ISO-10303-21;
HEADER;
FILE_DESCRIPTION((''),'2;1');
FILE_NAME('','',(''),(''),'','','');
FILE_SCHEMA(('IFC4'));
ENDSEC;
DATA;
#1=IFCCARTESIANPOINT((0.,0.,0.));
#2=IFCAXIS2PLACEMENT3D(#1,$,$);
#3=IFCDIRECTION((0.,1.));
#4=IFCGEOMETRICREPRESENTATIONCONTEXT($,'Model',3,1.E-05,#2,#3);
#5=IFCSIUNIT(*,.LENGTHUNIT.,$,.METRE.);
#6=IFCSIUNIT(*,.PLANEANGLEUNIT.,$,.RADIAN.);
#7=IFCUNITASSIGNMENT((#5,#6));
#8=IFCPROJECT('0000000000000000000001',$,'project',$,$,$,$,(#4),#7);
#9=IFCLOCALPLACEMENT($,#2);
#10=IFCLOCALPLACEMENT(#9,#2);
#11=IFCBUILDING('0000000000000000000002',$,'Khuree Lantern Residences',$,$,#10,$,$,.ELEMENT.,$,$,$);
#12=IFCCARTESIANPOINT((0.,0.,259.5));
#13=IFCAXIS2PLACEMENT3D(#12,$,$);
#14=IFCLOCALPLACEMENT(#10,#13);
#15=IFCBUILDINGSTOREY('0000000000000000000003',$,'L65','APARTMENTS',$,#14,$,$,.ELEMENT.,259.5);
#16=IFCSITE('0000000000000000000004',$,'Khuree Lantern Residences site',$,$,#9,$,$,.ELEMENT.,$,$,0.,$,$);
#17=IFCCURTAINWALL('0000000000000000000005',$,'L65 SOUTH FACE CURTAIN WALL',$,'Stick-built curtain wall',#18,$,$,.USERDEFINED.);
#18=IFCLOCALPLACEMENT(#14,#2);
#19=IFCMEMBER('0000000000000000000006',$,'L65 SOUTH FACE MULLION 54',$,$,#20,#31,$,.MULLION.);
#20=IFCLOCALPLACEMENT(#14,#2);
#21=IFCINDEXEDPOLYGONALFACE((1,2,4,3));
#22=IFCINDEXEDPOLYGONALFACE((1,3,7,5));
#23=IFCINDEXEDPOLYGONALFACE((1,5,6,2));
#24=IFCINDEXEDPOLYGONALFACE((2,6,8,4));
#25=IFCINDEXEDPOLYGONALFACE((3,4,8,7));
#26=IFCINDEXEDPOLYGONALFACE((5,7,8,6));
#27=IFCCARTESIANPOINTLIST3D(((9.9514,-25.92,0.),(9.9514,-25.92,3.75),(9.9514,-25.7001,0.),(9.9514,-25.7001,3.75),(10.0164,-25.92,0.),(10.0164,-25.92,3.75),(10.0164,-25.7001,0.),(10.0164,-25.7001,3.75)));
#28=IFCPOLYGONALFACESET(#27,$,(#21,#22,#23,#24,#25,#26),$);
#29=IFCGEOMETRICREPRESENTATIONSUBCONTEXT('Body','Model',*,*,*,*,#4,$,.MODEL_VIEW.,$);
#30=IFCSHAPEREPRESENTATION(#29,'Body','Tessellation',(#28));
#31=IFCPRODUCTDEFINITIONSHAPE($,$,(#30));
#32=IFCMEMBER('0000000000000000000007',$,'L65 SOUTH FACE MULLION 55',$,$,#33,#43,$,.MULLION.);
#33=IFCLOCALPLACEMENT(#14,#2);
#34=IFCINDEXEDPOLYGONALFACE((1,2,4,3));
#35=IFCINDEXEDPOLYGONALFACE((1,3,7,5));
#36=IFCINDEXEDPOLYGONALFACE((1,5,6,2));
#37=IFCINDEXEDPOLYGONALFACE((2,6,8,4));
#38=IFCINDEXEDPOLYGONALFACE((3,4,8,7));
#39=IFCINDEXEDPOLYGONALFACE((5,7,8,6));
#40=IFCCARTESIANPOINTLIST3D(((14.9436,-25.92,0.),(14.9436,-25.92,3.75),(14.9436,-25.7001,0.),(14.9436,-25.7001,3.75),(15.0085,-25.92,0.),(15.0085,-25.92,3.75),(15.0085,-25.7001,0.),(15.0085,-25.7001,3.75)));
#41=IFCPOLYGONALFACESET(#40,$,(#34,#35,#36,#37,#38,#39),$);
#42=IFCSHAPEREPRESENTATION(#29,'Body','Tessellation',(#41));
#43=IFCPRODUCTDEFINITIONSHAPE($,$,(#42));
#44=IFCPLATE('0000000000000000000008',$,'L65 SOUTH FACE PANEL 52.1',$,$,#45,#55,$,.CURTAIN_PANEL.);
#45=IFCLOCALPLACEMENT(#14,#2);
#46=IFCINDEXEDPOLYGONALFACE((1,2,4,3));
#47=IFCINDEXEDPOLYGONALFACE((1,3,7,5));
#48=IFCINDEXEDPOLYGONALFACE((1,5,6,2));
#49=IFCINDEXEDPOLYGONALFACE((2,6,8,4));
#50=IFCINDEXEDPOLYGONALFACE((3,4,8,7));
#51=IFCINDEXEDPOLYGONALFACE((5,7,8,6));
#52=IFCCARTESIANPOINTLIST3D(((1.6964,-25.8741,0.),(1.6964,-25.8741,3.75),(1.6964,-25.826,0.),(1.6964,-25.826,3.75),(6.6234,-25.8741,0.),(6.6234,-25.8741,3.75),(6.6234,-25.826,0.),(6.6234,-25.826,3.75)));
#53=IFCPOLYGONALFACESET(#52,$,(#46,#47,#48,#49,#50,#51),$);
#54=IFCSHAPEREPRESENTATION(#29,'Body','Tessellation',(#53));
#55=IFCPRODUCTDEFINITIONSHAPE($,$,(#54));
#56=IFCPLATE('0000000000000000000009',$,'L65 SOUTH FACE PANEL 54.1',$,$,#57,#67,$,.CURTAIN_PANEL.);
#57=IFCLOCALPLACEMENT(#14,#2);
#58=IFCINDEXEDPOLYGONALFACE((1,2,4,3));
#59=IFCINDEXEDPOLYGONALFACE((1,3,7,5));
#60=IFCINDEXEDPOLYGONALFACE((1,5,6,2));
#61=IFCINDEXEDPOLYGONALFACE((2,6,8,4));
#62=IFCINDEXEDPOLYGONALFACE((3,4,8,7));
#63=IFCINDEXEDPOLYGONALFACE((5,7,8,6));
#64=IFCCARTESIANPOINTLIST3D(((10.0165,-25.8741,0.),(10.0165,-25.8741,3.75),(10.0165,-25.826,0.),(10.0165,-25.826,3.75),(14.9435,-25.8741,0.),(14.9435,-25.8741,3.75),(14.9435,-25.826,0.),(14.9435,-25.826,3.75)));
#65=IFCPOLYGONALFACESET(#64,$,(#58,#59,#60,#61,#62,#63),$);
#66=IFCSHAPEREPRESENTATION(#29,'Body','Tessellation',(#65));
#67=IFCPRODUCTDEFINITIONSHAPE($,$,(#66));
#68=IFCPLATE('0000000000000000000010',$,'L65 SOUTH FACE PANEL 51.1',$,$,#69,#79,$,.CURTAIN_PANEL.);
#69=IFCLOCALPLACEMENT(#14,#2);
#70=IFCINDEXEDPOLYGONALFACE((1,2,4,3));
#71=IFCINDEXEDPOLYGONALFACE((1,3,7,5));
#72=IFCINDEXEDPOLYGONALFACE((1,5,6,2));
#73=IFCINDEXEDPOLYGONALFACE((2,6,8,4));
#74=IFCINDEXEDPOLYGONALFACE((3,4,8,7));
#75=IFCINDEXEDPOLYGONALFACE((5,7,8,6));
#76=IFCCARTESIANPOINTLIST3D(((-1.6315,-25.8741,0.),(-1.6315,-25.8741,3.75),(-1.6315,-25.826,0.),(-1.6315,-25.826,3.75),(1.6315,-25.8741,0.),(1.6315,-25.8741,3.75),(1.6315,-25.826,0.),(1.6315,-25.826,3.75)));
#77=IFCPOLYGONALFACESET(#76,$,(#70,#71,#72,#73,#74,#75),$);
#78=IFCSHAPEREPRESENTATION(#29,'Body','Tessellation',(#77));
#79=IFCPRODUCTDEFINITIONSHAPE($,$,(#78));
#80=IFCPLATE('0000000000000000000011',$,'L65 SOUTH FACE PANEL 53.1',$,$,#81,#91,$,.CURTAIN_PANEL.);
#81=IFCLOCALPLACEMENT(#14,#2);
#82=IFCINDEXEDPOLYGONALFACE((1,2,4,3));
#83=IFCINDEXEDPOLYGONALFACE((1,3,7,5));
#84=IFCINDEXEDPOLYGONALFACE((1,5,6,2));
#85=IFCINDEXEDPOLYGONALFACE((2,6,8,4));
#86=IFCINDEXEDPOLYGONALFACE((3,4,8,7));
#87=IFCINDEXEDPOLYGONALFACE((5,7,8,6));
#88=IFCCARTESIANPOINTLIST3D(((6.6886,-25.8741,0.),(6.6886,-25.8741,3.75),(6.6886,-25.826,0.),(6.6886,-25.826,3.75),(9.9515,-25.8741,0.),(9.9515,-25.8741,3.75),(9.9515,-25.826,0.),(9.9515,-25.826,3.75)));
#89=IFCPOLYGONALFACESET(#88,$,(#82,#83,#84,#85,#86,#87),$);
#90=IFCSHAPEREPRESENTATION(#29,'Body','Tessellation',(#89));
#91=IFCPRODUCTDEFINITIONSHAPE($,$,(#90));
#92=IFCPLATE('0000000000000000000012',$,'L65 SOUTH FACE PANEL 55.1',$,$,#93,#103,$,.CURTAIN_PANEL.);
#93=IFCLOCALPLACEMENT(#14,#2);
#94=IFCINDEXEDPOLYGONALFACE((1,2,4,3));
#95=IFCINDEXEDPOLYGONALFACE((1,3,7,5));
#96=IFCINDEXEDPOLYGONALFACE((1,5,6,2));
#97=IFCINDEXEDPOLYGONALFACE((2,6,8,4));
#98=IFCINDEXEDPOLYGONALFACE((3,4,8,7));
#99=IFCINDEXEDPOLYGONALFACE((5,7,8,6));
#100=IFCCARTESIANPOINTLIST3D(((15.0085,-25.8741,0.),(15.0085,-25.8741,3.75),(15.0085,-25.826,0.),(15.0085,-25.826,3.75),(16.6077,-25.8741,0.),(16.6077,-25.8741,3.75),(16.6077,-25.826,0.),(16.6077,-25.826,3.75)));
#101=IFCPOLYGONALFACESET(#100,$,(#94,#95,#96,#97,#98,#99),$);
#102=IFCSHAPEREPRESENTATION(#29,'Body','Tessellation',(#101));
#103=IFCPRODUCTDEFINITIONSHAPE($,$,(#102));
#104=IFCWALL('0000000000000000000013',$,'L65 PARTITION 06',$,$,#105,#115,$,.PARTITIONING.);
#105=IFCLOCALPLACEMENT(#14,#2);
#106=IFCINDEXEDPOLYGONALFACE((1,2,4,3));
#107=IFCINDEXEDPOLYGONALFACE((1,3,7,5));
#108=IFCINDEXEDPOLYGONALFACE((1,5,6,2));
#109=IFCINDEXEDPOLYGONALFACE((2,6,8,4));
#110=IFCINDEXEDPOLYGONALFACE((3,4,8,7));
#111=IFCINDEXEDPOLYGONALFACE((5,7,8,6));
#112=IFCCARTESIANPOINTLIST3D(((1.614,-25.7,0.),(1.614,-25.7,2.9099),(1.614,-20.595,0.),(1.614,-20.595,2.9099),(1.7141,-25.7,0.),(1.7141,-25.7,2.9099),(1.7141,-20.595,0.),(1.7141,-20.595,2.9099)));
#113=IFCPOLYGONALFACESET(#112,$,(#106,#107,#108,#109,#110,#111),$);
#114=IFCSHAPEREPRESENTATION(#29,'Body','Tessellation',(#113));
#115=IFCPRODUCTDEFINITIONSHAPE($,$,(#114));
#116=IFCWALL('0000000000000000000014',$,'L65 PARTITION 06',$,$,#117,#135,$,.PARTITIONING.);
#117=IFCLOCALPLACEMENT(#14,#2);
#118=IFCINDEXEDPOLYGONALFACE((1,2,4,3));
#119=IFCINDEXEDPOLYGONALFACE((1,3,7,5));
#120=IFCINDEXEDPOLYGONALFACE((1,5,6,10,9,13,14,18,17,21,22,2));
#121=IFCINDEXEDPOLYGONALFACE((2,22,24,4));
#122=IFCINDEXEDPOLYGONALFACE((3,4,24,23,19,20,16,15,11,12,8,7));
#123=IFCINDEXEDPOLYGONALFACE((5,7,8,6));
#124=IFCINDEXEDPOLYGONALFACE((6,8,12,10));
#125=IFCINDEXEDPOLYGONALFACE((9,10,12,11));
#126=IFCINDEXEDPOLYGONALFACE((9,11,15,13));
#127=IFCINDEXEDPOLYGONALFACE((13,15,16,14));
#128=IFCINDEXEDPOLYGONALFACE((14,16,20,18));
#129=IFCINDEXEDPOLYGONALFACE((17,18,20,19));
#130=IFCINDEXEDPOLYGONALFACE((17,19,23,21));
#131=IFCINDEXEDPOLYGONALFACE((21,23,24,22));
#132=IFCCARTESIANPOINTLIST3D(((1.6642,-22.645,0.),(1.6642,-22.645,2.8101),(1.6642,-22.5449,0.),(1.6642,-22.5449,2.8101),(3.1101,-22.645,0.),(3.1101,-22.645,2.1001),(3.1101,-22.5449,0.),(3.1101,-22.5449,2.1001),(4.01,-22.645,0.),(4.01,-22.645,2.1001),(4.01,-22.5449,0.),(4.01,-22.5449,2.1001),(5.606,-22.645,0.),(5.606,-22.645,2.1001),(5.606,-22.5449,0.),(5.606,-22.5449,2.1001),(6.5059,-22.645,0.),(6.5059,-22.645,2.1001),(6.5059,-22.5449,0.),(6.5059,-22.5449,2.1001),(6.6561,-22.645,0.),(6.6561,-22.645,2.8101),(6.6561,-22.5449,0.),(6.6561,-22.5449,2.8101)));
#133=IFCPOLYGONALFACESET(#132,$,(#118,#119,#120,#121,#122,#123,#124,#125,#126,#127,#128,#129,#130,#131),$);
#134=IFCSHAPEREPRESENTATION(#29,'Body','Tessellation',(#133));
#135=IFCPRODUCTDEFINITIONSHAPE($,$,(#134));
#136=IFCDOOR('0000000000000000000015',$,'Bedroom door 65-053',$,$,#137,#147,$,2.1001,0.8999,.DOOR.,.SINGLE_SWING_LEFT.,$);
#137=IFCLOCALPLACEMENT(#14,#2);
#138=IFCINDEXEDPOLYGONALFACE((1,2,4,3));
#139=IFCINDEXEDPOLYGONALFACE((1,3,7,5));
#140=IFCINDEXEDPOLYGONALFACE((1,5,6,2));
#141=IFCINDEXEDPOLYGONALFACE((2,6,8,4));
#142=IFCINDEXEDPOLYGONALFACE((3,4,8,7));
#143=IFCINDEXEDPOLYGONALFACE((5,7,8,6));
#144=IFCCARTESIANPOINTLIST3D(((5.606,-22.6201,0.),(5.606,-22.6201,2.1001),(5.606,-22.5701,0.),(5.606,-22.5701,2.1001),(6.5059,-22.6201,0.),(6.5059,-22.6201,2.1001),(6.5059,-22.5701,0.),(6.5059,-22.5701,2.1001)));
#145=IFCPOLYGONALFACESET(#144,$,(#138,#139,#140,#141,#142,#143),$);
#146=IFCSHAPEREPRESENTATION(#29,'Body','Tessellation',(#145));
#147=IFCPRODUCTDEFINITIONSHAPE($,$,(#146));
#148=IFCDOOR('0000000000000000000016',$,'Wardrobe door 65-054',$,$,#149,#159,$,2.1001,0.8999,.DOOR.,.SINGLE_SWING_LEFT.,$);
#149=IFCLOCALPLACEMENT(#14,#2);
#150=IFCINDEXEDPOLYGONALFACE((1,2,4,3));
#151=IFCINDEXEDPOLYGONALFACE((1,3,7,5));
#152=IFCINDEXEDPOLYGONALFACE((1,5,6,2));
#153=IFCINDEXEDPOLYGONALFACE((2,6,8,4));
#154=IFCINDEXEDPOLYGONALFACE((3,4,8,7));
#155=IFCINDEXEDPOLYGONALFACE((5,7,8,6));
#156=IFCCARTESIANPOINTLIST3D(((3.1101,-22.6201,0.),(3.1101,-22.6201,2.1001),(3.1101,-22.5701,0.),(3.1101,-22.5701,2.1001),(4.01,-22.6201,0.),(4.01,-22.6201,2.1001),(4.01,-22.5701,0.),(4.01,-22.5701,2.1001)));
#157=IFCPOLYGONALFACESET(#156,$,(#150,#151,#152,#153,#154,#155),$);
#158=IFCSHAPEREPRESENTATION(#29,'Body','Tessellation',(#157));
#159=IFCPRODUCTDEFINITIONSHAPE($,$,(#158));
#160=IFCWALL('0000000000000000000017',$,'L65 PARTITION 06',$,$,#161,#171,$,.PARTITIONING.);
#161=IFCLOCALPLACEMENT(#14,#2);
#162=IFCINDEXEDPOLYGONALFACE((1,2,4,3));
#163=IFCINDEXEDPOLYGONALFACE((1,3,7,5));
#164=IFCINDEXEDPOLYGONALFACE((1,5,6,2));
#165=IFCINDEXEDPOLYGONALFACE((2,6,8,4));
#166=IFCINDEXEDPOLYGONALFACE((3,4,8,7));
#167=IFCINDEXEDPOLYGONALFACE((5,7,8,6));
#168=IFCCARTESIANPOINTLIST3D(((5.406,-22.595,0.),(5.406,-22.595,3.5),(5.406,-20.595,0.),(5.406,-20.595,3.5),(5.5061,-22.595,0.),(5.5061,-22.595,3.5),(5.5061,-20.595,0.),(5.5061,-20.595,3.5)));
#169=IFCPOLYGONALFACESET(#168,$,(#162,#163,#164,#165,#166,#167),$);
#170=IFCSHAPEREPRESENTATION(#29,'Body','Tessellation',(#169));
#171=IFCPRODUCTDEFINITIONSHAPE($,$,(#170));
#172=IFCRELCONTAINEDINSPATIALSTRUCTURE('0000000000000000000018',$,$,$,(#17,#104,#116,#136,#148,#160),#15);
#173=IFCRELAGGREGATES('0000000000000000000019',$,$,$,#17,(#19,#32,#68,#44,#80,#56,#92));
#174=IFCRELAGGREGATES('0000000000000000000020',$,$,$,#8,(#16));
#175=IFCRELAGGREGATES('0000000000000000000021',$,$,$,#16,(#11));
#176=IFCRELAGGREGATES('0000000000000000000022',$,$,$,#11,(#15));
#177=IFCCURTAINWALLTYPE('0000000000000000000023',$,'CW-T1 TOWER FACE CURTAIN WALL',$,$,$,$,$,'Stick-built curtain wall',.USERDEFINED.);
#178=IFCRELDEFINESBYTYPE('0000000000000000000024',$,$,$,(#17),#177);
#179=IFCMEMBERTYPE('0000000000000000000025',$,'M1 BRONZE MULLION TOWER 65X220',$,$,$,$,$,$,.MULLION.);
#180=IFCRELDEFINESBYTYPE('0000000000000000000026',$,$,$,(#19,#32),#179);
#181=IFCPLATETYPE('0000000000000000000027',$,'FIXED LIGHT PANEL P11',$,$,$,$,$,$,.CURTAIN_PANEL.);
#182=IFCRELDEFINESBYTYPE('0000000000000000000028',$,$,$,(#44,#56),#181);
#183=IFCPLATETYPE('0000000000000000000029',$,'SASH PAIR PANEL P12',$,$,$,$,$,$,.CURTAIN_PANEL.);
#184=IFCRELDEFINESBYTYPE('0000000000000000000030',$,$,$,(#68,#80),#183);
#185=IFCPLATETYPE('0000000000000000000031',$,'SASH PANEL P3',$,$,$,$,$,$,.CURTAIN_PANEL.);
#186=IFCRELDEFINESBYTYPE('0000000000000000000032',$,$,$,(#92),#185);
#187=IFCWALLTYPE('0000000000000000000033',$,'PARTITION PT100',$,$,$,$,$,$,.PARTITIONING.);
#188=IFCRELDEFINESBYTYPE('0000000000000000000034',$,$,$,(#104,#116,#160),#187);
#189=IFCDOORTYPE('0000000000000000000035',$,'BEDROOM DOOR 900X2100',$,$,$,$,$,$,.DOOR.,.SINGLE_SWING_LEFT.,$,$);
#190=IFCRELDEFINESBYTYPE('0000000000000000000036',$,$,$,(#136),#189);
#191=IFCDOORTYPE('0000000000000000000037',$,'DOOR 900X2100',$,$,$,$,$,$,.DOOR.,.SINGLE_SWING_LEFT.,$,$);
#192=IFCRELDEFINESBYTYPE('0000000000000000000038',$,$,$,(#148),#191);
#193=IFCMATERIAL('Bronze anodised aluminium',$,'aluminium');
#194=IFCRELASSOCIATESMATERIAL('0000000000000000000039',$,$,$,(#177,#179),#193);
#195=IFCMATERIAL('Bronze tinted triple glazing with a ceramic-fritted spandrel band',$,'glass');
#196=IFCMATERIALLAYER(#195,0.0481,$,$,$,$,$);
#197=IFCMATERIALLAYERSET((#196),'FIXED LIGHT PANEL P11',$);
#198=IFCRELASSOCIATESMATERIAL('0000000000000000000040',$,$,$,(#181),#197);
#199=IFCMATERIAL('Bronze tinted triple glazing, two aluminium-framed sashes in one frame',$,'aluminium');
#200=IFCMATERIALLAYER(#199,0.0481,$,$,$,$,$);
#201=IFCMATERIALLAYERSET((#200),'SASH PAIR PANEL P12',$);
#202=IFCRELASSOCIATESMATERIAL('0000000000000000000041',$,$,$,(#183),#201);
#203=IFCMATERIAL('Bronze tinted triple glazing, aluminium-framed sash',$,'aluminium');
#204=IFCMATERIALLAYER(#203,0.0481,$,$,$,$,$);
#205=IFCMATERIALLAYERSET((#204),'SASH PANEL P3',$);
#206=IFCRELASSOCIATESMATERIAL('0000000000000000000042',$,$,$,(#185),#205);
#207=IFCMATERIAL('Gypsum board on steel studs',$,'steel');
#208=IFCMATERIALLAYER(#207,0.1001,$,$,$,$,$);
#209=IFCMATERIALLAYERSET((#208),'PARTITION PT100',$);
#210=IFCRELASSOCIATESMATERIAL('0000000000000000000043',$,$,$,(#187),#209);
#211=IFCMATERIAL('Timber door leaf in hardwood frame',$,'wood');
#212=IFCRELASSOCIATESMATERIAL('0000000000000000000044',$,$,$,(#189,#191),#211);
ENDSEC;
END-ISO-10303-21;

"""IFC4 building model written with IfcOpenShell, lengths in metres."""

from ifc_helpers import new_model, si_unit, direction, frame, frame_2d, origin, origin_2d, place, context, subcontext, project, spatial, rectangle, extrude, material, layer, layer_set, material_profile, profile_set, type_object, element, fill, aggregate, save


model = new_model("IFC4")

# Units and contexts
model_context = context("Model", 3, precision=1e-05, world=origin(), true_north=direction((0.0, 1.0)))
body_context = subcontext(model_context, "Body", "Model", "MODEL_VIEW")
ifc_project = project(units=[si_unit("LENGTHUNIT", "METRE"), si_unit("PLANEANGLEUNIT", "RADIAN")], contexts=[model_context])

# Site, building, storey
site_placement = place(None, origin())
site = spatial("IfcSite", under=ifc_project, at=site_placement, Name="Khuree Lantern Residences site", CompositionType="ELEMENT", RefElevation=0.0)
building_placement = place(site_placement, origin())
building = spatial("IfcBuilding", under=site, at=building_placement, Name="Khuree Lantern Residences", CompositionType="ELEMENT")
storey_placement = place(building_placement, frame((0.0, 0.0, 259.5)))
storey = spatial("IfcBuildingStorey", under=building, at=storey_placement, Name="L65", Description="APARTMENTS", CompositionType="ELEMENT", Elevation=259.5)

# Curtain wall
ifc_material_1 = material(Name="Bronze anodised aluminium", Category="aluminium")
curtain_wall_type = type_object("IfcCurtainWallType", Name="CW-T1 TOWER FACE CURTAIN WALL", ElementType="Stick-built curtain wall", PredefinedType="USERDEFINED", material=ifc_material_1)
curtain_wall_placement = place(storey_placement, origin())
curtain_wall = element("IfcCurtainWall", 1, at=curtain_wall_placement, inside=storey, type_object=curtain_wall_type, Name="L65 SOUTH FACE CURTAIN WALL", ObjectType="Stick-built curtain wall", PredefinedType="USERDEFINED")

# Members
ifc_material_profile_1 = material_profile(ifc_material_1, rectangle(XDim=0.0649, YDim=0.22, at=origin_2d()), Name="M1 65X220")
ifc_profile_set_1 = profile_set([ifc_material_profile_1], Name="Bronze anodised aluminium")
member_type_1 = type_object("IfcMemberType", Name="M1 BRONZE MULLION TOWER 65X220", PredefinedType="MULLION", material=ifc_profile_set_1)
member_1_placement = place(storey_placement, frame((9.9839, -25.8101, 0.0), z_axis=(0.0, 0.0, 1.0), x_axis=(1.0, 0.0, 0.0)))
member_1 = element("IfcMember", 2, at=member_1_placement, type_object=member_type_1, Name="L65 SOUTH FACE MULLION 54", PredefinedType="MULLION", context=body_context, shape_type="SweptSolid", body=[
    extrude(rectangle(XDim=0.0649, YDim=0.22, at=origin_2d()), origin(), (0.0, 0.0, 1.0), 3.75),
])
member_2_placement = place(storey_placement, frame((14.9761, -25.8101, 0.0), z_axis=(0.0, 0.0, 1.0), x_axis=(1.0, 0.0, 0.0)))
member_2 = element("IfcMember", 3, at=member_2_placement, type_object=member_type_1, Name="L65 SOUTH FACE MULLION 55", PredefinedType="MULLION", context=body_context, shape_type="SweptSolid", body=[
    extrude(rectangle(XDim=0.0649, YDim=0.22, at=origin_2d()), origin(), (0.0, 0.0, 1.0), 3.75),
])

# Plates
ifc_material_2 = material(Name="Bronze tinted triple glazing with a ceramic-fritted spandrel band", Category="glass")
ifc_layer_1 = layer(ifc_material_2, 0.0481)
ifc_layer_set_1 = layer_set([ifc_layer_1], Name="FIXED LIGHT PANEL P11")
plate_type_1 = type_object("IfcPlateType", Name="FIXED LIGHT PANEL P11", PredefinedType="CURTAIN_PANEL", material=ifc_layer_set_1)
plate_1_placement = place(storey_placement, frame((4.1599, -25.8501, 0.0), z_axis=(0.0, 0.0, 1.0), x_axis=(1.0, 0.0, 0.0)))
plate_1 = element("IfcPlate", 4, at=plate_1_placement, type_object=plate_type_1, Name="L65 SOUTH FACE PANEL 52.1", PredefinedType="CURTAIN_PANEL", context=body_context, shape_type="SweptSolid", body=[
    extrude(rectangle(XDim=4.927, YDim=0.0481, at=origin_2d()), origin(), (0.0, 0.0, 1.0), 3.75),
])
plate_2_placement = place(storey_placement, frame((12.48, -25.8501, 0.0), z_axis=(0.0, 0.0, 1.0), x_axis=(1.0, 0.0, 0.0)))
plate_2 = element("IfcPlate", 5, at=plate_2_placement, type_object=plate_type_1, Name="L65 SOUTH FACE PANEL 54.1", PredefinedType="CURTAIN_PANEL", context=body_context, shape_type="SweptSolid", body=[
    extrude(rectangle(XDim=4.927, YDim=0.0481, at=origin_2d()), origin(), (0.0, 0.0, 1.0), 3.75),
])
ifc_material_3 = material(Name="Bronze tinted triple glazing, two aluminium-framed sashes in one frame", Category="aluminium")
ifc_layer_2 = layer(ifc_material_3, 0.0481)
ifc_layer_set_2 = layer_set([ifc_layer_2], Name="SASH PAIR PANEL P12")
plate_type_2 = type_object("IfcPlateType", Name="SASH PAIR PANEL P12", PredefinedType="CURTAIN_PANEL", material=ifc_layer_set_2)
plate_3_placement = place(storey_placement, frame((0.0, -25.8501, 0.0), z_axis=(0.0, 0.0, 1.0), x_axis=(1.0, 0.0, 0.0)))
plate_3 = element("IfcPlate", 6, at=plate_3_placement, type_object=plate_type_2, Name="L65 SOUTH FACE PANEL 51.1", PredefinedType="CURTAIN_PANEL", context=body_context, shape_type="SweptSolid", body=[
    extrude(rectangle(XDim=3.2629, YDim=0.0481, at=origin_2d()), origin(), (0.0, 0.0, 1.0), 3.75),
])
plate_4_placement = place(storey_placement, frame((8.3201, -25.8501, 0.0), z_axis=(0.0, 0.0, 1.0), x_axis=(1.0, 0.0, 0.0)))
plate_4 = element("IfcPlate", 7, at=plate_4_placement, type_object=plate_type_2, Name="L65 SOUTH FACE PANEL 53.1", PredefinedType="CURTAIN_PANEL", context=body_context, shape_type="SweptSolid", body=[
    extrude(rectangle(XDim=3.2629, YDim=0.0481, at=origin_2d()), origin(), (0.0, 0.0, 1.0), 3.75),
])
ifc_material_4 = material(Name="Bronze tinted triple glazing, aluminium-framed sash", Category="aluminium")
ifc_layer_3 = layer(ifc_material_4, 0.0481)
ifc_layer_set_3 = layer_set([ifc_layer_3], Name="SASH PANEL P3")
plate_type_3 = type_object("IfcPlateType", Name="SASH PANEL P3", PredefinedType="CURTAIN_PANEL", material=ifc_layer_set_3)
plate_5_placement = place(storey_placement, frame((15.8081, -25.8501, 0.0), z_axis=(0.0, 0.0, 1.0), x_axis=(1.0, 0.0, 0.0)))
plate_5 = element("IfcPlate", 8, at=plate_5_placement, type_object=plate_type_3, Name="L65 SOUTH FACE PANEL 55.1", PredefinedType="CURTAIN_PANEL", context=body_context, shape_type="SweptSolid", body=[
    extrude(rectangle(XDim=1.5991, YDim=0.0481, at=origin_2d()), origin(), (0.0, 0.0, 1.0), 3.75),
])
aggregate(curtain_wall, [member_1, member_2, plate_3, plate_1, plate_4, plate_2, plate_5])

# Wall
ifc_material_5 = material(Name="Gypsum board on steel studs", Category="steel")
ifc_layer_4 = layer(ifc_material_5, 0.1001)
ifc_layer_set_4 = layer_set([ifc_layer_4], Name="PARTITION PT100")
wall_type = type_object("IfcWallType", Name="PARTITION PT100", PredefinedType="PARTITIONING", material=ifc_layer_set_4)
wall_1_placement = place(storey_placement, frame((1.6641, -20.595, 0.0), z_axis=(0.0, 0.0, 1.0), x_axis=(0.0, -1.0, 0.0)))
element("IfcWall", 9, at=wall_1_placement, inside=storey, type_object=wall_type, Name="L65 PARTITION 06", PredefinedType="PARTITIONING", context=body_context, shape_type="SweptSolid", body=[
    extrude(rectangle(XDim=5.105, YDim=0.1001, at=frame_2d((2.5525, 0.0))), origin(), (0.0, 0.0, 1.0), 2.9099),
])

# Wall, openings, doors
wall_2_placement = place(storey_placement, frame((1.6641, -22.595, 0.0), z_axis=(0.0, 0.0, 1.0), x_axis=(1.0, 0.0, 0.0)))
wall_2 = element("IfcWall", 10, at=wall_2_placement, inside=storey, type_object=wall_type, Name="L65 PARTITION 06", PredefinedType="PARTITIONING", context=body_context, shape_type="SweptSolid", body=[
    extrude(rectangle(XDim=4.9919, YDim=0.1001, at=frame_2d((2.4961, 0.0))), origin(), (0.0, 0.0, 1.0), 2.8101),
])
opening_1_placement = place(wall_2_placement, frame((3.9419, 0.0, 0.0)))
opening_1 = element("IfcOpeningElement", 11, at=opening_1_placement, cuts=wall_2, PredefinedType="OPENING", context=body_context, shape_type="SweptSolid", body=[
    extrude(rectangle(XDim=0.8999, YDim=2.1001, at=frame_2d((0.45, 1.05))), frame((0.0, 0.0601, 0.0), z_axis=(0.0, -1.0, 0.0), x_axis=(1.0, 0.0, 0.0)), (0.0, 0.0, 1.0), 0.1201),
])
opening_2_placement = place(wall_2_placement, frame((1.446, 0.0, 0.0)))
opening_2 = element("IfcOpeningElement", 12, at=opening_2_placement, cuts=wall_2, PredefinedType="OPENING", context=body_context, shape_type="SweptSolid", body=[
    extrude(rectangle(XDim=0.8999, YDim=2.1001, at=frame_2d((0.45, 1.05))), frame((0.0, 0.0601, 0.0), z_axis=(0.0, -1.0, 0.0), x_axis=(1.0, 0.0, 0.0)), (0.0, 0.0, 1.0), 0.1201),
])
ifc_material_6 = material(Name="Timber door leaf in hardwood frame", Category="wood")
door_type_1 = type_object("IfcDoorType", Name="BEDROOM DOOR 900X2100", OperationType="SINGLE_SWING_LEFT", PredefinedType="DOOR", material=ifc_material_6)
door_1_placement = place(opening_1_placement, origin())
door_1 = element("IfcDoor", 13, at=door_1_placement, inside=storey, type_object=door_type_1, Name="Bedroom door 65-053", OperationType="SINGLE_SWING_LEFT", OverallHeight=2.1001, OverallWidth=0.8999, PredefinedType="DOOR", context=body_context, shape_type="SweptSolid", body=[
    extrude(rectangle(XDim=0.8999, YDim=2.1001, at=frame_2d((0.45, 1.05))), frame((0.0, 0.0249, 0.0), z_axis=(0.0, -1.0, 0.0), x_axis=(1.0, 0.0, 0.0)), (0.0, 0.0, 1.0), 0.05),
])
fill(opening_1, door_1)
door_type_2 = type_object("IfcDoorType", Name="DOOR 900X2100", OperationType="SINGLE_SWING_LEFT", PredefinedType="DOOR", material=ifc_material_6)
door_2_placement = place(opening_2_placement, origin())
door_2 = element("IfcDoor", 14, at=door_2_placement, inside=storey, type_object=door_type_2, Name="Wardrobe door 65-054", OperationType="SINGLE_SWING_LEFT", OverallHeight=2.1001, OverallWidth=0.8999, PredefinedType="DOOR", context=body_context, shape_type="SweptSolid", body=[
    extrude(rectangle(XDim=0.8999, YDim=2.1001, at=frame_2d((0.45, 1.05))), frame((0.0, 0.0249, 0.0), z_axis=(0.0, -1.0, 0.0), x_axis=(1.0, 0.0, 0.0)), (0.0, 0.0, 1.0), 0.05),
])
fill(opening_2, door_2)

# Wall
wall_3_placement = place(storey_placement, frame((5.4561, -20.595, 0.0), z_axis=(0.0, 0.0, 1.0), x_axis=(0.0, -1.0, 0.0)))
element("IfcWall", 15, at=wall_3_placement, inside=storey, type_object=wall_type, Name="L65 PARTITION 06", PredefinedType="PARTITIONING", context=body_context, shape_type="SweptSolid", body=[
    extrude(rectangle(XDim=2.0, YDim=0.1001, at=frame_2d((1.0, 0.0))), origin(), (0.0, 0.0, 1.0), 3.5),
])

save(model, "model.ifc")
